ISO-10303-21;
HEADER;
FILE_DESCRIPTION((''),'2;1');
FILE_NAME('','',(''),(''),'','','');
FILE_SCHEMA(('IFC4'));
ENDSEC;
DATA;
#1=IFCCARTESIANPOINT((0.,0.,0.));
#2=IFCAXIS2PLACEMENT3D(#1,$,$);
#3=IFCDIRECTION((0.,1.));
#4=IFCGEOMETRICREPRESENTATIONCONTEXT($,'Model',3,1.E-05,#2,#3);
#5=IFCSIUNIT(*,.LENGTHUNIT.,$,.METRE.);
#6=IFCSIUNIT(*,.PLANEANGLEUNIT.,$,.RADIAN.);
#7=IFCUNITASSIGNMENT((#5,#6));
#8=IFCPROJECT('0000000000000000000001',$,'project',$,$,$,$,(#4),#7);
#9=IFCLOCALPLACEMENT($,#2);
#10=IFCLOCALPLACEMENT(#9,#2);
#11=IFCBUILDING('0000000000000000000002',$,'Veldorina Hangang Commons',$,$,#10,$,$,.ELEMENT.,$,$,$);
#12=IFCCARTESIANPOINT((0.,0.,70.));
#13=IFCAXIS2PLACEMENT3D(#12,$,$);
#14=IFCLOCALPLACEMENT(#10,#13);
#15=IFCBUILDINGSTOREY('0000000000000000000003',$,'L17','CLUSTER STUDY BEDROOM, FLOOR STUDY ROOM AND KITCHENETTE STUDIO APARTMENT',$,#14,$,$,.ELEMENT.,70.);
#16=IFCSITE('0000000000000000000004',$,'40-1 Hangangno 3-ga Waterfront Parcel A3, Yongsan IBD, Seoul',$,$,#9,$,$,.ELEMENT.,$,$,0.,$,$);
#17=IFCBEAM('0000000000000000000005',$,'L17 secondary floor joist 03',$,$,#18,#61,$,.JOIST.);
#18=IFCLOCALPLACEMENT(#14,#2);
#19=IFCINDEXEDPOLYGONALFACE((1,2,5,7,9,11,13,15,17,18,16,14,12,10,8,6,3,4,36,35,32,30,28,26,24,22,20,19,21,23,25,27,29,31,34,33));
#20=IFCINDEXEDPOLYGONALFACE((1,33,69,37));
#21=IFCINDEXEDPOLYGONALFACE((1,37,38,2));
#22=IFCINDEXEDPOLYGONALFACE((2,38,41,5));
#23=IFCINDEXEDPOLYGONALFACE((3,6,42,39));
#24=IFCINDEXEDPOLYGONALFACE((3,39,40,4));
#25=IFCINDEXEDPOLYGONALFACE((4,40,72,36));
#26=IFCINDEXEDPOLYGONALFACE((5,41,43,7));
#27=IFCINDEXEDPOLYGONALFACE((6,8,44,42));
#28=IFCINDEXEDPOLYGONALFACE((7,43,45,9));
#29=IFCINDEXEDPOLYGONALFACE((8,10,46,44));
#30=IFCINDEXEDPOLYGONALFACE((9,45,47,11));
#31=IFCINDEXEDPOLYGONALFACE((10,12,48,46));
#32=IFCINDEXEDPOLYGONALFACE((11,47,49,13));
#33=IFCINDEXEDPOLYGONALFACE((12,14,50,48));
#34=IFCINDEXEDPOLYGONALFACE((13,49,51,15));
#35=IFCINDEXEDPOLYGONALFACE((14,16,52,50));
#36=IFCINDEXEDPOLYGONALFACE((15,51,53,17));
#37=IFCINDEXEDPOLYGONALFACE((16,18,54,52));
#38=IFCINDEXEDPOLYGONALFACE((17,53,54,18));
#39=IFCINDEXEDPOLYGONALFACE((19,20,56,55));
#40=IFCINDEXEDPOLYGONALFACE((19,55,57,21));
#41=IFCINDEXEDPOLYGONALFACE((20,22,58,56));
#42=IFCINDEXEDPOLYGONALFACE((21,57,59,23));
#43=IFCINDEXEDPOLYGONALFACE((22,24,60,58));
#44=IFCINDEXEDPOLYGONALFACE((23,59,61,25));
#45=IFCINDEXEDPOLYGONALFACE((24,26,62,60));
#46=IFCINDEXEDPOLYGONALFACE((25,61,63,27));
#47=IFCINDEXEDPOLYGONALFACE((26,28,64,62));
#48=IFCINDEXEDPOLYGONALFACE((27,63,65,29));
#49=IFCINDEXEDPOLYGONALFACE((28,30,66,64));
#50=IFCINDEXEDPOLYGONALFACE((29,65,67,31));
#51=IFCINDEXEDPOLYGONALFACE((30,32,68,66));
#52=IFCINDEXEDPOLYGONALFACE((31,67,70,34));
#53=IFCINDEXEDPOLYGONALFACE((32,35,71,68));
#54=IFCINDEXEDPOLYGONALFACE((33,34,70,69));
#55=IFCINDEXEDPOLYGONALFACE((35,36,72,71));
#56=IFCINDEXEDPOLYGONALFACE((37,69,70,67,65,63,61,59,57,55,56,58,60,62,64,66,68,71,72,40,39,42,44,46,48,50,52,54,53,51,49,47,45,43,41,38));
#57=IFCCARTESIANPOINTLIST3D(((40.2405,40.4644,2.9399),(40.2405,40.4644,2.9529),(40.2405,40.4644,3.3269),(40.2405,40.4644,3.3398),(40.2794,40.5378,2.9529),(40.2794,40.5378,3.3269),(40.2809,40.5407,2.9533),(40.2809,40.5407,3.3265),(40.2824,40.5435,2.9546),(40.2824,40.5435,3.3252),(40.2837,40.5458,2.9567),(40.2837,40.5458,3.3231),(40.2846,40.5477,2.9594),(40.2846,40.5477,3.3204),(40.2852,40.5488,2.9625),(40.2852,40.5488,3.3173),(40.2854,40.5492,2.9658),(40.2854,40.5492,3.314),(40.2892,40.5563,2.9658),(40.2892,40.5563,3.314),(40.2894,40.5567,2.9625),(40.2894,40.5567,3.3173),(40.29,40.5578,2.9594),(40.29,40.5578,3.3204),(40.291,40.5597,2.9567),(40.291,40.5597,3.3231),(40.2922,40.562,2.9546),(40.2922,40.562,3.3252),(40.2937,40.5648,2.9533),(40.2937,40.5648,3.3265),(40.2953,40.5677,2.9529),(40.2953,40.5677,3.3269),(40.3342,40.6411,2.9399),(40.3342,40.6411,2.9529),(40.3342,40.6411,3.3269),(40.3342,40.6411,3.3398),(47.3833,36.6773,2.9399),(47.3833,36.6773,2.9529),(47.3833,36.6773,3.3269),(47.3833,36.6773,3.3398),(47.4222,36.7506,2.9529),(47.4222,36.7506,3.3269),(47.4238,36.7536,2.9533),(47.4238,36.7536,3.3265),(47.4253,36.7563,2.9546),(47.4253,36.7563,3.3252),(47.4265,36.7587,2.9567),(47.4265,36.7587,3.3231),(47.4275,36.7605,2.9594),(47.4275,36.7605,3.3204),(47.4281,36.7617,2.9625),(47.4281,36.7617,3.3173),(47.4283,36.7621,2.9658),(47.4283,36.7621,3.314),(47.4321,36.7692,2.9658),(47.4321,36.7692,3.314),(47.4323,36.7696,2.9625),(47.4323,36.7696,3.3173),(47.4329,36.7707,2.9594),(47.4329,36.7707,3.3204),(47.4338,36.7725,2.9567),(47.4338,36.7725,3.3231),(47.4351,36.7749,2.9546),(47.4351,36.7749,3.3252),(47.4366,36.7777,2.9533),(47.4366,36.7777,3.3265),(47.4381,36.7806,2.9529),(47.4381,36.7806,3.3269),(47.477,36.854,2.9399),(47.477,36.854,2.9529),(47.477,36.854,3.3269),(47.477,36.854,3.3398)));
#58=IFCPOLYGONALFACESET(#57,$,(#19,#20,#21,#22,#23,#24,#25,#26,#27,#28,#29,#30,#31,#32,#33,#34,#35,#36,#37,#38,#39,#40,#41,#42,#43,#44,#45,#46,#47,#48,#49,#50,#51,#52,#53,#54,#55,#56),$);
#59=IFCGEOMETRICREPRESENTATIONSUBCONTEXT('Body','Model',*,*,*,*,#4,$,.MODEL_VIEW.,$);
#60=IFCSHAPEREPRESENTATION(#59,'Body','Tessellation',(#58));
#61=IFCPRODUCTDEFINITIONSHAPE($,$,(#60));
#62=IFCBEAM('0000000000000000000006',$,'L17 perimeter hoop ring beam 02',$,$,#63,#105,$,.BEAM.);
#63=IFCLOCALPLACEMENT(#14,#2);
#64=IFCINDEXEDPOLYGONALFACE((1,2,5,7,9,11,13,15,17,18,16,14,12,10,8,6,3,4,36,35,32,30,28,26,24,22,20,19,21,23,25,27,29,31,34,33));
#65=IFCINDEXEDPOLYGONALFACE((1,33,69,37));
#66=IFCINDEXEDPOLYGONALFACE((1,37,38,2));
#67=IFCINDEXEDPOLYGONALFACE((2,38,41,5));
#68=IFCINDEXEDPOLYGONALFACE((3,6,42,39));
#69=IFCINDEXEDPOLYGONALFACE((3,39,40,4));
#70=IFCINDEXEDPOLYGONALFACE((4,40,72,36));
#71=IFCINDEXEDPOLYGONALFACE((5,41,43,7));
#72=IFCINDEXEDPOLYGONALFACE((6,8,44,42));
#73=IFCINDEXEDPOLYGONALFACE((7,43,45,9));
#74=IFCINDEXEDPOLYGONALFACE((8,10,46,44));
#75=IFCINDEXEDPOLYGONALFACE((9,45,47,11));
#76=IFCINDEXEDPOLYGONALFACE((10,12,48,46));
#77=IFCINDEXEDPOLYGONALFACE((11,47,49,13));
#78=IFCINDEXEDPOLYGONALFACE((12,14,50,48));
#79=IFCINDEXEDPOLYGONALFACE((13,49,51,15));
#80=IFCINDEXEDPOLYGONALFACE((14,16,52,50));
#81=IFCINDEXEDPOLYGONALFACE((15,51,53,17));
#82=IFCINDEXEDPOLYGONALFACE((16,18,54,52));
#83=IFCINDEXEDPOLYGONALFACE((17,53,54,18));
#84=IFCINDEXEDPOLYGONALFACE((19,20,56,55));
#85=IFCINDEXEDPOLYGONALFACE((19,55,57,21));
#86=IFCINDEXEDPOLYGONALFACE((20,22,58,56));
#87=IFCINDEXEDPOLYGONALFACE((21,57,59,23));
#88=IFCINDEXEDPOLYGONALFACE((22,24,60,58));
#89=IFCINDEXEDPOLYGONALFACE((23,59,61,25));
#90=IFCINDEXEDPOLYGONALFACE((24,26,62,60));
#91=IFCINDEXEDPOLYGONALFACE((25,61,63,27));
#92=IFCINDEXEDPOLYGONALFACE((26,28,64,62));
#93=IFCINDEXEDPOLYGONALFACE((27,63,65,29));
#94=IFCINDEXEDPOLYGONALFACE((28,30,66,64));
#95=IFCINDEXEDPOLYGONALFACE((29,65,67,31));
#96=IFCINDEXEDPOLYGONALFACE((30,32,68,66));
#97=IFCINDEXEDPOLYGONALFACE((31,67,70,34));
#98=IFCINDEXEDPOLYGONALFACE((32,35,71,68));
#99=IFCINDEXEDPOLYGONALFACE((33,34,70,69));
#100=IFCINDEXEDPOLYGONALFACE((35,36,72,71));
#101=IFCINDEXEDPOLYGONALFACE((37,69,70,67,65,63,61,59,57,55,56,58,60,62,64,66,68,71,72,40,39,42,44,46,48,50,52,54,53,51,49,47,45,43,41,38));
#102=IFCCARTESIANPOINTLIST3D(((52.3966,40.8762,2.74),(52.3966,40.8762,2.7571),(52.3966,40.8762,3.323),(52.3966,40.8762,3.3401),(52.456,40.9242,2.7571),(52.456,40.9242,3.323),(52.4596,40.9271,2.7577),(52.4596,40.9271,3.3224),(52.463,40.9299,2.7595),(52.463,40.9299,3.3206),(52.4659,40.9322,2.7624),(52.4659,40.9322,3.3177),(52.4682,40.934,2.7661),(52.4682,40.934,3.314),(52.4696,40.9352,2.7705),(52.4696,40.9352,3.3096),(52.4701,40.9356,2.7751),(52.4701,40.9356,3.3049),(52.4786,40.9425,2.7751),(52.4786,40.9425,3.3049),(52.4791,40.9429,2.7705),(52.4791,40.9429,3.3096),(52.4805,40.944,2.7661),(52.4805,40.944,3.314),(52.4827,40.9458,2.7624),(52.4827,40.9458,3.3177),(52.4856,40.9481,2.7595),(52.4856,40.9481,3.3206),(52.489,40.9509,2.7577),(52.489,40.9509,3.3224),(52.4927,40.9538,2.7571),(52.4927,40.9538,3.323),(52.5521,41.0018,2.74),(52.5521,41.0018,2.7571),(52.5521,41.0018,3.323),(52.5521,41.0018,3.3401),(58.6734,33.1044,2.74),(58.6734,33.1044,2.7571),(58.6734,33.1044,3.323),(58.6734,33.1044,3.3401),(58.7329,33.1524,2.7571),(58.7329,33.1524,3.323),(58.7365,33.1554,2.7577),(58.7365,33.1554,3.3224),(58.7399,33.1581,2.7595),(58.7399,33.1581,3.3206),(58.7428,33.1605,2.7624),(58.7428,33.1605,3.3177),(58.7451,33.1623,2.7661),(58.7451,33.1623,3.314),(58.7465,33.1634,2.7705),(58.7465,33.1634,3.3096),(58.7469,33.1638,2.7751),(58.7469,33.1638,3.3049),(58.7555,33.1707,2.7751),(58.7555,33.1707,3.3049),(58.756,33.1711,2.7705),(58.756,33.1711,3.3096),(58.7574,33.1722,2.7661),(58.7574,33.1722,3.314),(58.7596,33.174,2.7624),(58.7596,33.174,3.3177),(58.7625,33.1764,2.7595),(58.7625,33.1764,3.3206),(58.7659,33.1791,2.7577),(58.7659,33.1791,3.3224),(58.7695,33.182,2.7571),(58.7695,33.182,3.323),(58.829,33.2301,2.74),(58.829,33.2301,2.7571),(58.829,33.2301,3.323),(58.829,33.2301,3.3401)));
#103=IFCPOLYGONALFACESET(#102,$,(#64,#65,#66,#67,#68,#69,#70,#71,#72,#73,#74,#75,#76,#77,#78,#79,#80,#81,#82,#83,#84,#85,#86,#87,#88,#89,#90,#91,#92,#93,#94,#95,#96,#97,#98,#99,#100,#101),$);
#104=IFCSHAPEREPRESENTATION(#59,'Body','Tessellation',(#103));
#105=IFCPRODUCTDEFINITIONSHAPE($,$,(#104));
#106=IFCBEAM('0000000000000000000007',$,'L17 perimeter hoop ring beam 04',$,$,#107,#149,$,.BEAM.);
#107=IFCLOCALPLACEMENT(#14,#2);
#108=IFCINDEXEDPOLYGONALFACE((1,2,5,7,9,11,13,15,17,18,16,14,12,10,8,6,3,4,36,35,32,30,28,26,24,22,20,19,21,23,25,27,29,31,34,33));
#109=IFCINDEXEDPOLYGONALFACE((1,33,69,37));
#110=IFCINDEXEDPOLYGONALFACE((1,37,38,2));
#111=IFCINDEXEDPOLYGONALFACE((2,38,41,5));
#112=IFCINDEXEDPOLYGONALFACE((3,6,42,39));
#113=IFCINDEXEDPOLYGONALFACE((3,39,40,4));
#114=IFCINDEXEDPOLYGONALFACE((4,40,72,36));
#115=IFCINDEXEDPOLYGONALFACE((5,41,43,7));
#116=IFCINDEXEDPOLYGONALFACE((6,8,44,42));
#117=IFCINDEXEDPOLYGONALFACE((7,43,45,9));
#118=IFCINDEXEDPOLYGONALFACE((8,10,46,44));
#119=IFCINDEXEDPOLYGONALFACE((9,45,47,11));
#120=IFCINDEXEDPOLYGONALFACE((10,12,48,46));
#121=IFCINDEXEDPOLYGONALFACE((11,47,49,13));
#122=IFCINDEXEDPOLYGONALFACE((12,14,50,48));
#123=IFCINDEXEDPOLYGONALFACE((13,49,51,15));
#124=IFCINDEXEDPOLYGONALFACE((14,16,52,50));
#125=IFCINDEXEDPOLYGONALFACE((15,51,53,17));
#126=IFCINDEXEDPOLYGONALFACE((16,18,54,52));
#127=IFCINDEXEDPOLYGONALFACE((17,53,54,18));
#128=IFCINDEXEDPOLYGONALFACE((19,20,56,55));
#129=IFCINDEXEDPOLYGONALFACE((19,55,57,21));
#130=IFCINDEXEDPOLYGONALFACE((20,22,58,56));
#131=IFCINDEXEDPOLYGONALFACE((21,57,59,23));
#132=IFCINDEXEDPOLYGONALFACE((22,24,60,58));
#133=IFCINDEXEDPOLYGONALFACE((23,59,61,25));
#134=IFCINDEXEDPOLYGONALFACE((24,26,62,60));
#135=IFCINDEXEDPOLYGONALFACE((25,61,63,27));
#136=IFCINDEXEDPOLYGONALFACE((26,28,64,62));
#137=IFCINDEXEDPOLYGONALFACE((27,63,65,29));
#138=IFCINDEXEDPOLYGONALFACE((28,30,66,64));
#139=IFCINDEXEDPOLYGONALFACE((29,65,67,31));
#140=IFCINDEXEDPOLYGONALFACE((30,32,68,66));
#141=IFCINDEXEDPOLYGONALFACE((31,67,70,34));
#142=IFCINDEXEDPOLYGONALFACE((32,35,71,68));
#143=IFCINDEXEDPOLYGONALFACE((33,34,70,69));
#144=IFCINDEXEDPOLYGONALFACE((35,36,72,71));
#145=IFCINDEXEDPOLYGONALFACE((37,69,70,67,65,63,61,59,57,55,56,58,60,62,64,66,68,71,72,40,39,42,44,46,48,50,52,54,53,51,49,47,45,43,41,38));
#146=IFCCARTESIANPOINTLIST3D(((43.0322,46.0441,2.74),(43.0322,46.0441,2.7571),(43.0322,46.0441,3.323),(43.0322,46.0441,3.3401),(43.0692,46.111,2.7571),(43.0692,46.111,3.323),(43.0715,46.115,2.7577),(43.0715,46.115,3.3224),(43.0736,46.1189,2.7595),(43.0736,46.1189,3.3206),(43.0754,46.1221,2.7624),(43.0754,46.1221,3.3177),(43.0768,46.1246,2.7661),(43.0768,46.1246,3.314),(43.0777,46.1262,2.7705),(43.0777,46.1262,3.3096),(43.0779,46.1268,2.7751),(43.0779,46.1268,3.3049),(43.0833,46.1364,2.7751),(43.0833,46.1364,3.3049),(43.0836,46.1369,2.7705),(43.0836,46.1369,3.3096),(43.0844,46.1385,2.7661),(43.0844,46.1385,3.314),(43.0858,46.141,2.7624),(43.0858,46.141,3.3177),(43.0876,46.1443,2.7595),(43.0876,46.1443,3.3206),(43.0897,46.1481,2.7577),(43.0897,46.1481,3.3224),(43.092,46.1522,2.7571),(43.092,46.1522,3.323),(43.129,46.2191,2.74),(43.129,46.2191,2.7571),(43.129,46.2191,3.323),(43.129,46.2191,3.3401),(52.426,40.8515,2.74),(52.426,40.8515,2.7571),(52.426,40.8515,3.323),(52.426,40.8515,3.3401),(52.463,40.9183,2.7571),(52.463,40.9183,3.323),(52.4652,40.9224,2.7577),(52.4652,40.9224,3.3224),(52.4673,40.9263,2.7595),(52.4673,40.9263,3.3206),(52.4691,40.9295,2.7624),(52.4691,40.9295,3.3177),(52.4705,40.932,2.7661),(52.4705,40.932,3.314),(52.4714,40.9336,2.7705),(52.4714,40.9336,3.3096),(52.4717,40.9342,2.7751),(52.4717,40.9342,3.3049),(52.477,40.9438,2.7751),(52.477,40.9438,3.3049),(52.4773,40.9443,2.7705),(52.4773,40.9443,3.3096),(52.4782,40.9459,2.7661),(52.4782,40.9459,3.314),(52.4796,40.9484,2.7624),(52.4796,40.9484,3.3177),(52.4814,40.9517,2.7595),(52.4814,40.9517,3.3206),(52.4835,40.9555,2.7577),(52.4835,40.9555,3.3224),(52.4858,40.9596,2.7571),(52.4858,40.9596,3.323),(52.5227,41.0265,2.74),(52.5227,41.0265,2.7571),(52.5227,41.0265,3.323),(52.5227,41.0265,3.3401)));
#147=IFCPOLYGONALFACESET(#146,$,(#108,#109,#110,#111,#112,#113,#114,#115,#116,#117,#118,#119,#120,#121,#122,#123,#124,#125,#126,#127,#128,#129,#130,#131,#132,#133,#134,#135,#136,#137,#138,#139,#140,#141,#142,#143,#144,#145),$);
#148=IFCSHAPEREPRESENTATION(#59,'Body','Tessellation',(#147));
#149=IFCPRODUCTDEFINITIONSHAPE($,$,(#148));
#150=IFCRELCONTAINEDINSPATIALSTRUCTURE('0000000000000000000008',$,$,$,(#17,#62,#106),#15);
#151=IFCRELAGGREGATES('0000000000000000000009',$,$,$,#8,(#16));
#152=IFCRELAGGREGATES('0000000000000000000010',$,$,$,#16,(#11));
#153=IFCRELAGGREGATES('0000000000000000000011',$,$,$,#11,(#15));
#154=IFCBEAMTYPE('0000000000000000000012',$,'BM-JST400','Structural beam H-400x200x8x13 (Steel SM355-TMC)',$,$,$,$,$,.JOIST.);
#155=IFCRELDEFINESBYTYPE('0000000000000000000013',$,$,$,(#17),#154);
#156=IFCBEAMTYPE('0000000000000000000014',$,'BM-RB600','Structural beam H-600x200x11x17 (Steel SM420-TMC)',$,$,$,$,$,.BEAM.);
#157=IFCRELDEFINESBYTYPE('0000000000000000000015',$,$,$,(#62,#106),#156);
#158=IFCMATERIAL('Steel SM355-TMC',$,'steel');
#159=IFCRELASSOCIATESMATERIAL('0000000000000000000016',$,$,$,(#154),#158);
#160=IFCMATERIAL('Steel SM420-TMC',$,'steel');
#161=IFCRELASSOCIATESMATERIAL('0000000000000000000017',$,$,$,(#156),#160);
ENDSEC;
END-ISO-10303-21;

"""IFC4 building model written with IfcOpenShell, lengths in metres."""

from ifc_helpers import new_model, si_unit, direction, frame, origin, origin_2d, place, context, subcontext, project, spatial, i_section, extrude, material, material_profile, profile_set, type_object, element, save


model = new_model("IFC4")

# Units and contexts
model_context = context("Model", 3, precision=1e-05, world=origin(), true_north=direction((0.0, 1.0)))
body_context = subcontext(model_context, "Body", "Model", "MODEL_VIEW")
ifc_project = project(units=[si_unit("LENGTHUNIT", "METRE"), si_unit("PLANEANGLEUNIT", "RADIAN")], contexts=[model_context])

# Site, building, storey
site_placement = place(None, origin())
site = spatial("IfcSite", under=ifc_project, at=site_placement, Name="40-1 Hangangno 3-ga Waterfront Parcel A3, Yongsan IBD, Seoul", CompositionType="ELEMENT", RefElevation=0.0)
building_placement = place(site_placement, origin())
building = spatial("IfcBuilding", under=site, at=building_placement, Name="Veldorina Hangang Commons", CompositionType="ELEMENT")
storey_placement = place(building_placement, frame((0.0, 0.0, 70.0)))
storey = spatial("IfcBuildingStorey", under=building, at=storey_placement, Name="L17", Description="CLUSTER STUDY BEDROOM, FLOOR STUDY ROOM AND KITCHENETTE STUDIO APARTMENT", CompositionType="ELEMENT", Elevation=70.0)

# Beams
ifc_material_1 = material(Name="Steel SM355-TMC", Category="steel")
ifc_material_profile_1 = material_profile(ifc_material_1, i_section(OverallWidth=0.2, OverallDepth=0.3999, WebThickness=0.0081, FlangeThickness=0.0129, FilletRadius=0.0129, at=origin_2d()), Name="H-400x200x8x13")
ifc_profile_set_1 = profile_set([ifc_material_profile_1], Name="Steel SM355-TMC")
beam_type_1 = type_object("IfcBeamType", Name="BM-JST400", Description="Structural beam H-400x200x8x13 (Steel SM355-TMC)", PredefinedType="JOIST", material=ifc_profile_set_1)
beam_1_placement = place(storey_placement, frame((47.4302, 36.7656, 3.1399), z_axis=(-0.883501, 0.46843, 0.0), x_axis=(-0.46843, -0.883501, 0.0)))
element("IfcBeam", 1, at=beam_1_placement, inside=storey, type_object=beam_type_1, Name="L17 secondary floor joist 03", PredefinedType="JOIST", context=body_context, shape_type="SweptSolid", body=[
    extrude(i_section(OverallWidth=0.2, OverallDepth=0.3999, WebThickness=0.0081, FlangeThickness=0.0129, FilletRadius=0.0129, at=origin_2d()), origin(), (0.0, 0.0, 1.0), 8.0847),
])
ifc_material_2 = material(Name="Steel SM420-TMC", Category="steel")
ifc_material_profile_2 = material_profile(ifc_material_2, i_section(OverallWidth=0.2, OverallDepth=0.6001, WebThickness=0.011, FlangeThickness=0.0171, FilletRadius=0.0181, at=origin_2d()), Name="H-600x200x11x17")
ifc_profile_set_2 = profile_set([ifc_material_profile_2], Name="Steel SM420-TMC")
beam_type_2 = type_object("IfcBeamType", Name="BM-RB600", Description="Structural beam H-600x200x11x17 (Steel SM420-TMC)", PredefinedType="BEAM", material=ifc_profile_set_2)
beam_2_placement = place(storey_placement, frame((58.7512, 33.1672, 3.04), z_axis=(-0.628318, 0.777956, 0.0), x_axis=(-0.777956, -0.628318, 0.0)))
element("IfcBeam", 2, at=beam_2_placement, inside=storey, type_object=beam_type_2, Name="L17 perimeter hoop ring beam 02", PredefinedType="BEAM", context=body_context, shape_type="SweptSolid", body=[
    extrude(i_section(OverallWidth=0.2, OverallDepth=0.6001, WebThickness=0.011, FlangeThickness=0.0171, FilletRadius=0.0181, at=origin_2d()), origin(), (0.0, 0.0, 1.0), 9.99),
])
beam_3_placement = place(storey_placement, frame((52.4744, 40.939, 3.04), z_axis=(-0.87519, 0.48378, 0.0), x_axis=(-0.48378, -0.87519, 0.0)))
element("IfcBeam", 3, at=beam_3_placement, inside=storey, type_object=beam_type_2, Name="L17 perimeter hoop ring beam 04", PredefinedType="BEAM", context=body_context, shape_type="SweptSolid", body=[
    extrude(i_section(OverallWidth=0.2, OverallDepth=0.6001, WebThickness=0.011, FlangeThickness=0.0171, FilletRadius=0.0181, at=origin_2d()), origin(), (0.0, 0.0, 1.0), 10.7334),
])

save(model, "model.ifc")
